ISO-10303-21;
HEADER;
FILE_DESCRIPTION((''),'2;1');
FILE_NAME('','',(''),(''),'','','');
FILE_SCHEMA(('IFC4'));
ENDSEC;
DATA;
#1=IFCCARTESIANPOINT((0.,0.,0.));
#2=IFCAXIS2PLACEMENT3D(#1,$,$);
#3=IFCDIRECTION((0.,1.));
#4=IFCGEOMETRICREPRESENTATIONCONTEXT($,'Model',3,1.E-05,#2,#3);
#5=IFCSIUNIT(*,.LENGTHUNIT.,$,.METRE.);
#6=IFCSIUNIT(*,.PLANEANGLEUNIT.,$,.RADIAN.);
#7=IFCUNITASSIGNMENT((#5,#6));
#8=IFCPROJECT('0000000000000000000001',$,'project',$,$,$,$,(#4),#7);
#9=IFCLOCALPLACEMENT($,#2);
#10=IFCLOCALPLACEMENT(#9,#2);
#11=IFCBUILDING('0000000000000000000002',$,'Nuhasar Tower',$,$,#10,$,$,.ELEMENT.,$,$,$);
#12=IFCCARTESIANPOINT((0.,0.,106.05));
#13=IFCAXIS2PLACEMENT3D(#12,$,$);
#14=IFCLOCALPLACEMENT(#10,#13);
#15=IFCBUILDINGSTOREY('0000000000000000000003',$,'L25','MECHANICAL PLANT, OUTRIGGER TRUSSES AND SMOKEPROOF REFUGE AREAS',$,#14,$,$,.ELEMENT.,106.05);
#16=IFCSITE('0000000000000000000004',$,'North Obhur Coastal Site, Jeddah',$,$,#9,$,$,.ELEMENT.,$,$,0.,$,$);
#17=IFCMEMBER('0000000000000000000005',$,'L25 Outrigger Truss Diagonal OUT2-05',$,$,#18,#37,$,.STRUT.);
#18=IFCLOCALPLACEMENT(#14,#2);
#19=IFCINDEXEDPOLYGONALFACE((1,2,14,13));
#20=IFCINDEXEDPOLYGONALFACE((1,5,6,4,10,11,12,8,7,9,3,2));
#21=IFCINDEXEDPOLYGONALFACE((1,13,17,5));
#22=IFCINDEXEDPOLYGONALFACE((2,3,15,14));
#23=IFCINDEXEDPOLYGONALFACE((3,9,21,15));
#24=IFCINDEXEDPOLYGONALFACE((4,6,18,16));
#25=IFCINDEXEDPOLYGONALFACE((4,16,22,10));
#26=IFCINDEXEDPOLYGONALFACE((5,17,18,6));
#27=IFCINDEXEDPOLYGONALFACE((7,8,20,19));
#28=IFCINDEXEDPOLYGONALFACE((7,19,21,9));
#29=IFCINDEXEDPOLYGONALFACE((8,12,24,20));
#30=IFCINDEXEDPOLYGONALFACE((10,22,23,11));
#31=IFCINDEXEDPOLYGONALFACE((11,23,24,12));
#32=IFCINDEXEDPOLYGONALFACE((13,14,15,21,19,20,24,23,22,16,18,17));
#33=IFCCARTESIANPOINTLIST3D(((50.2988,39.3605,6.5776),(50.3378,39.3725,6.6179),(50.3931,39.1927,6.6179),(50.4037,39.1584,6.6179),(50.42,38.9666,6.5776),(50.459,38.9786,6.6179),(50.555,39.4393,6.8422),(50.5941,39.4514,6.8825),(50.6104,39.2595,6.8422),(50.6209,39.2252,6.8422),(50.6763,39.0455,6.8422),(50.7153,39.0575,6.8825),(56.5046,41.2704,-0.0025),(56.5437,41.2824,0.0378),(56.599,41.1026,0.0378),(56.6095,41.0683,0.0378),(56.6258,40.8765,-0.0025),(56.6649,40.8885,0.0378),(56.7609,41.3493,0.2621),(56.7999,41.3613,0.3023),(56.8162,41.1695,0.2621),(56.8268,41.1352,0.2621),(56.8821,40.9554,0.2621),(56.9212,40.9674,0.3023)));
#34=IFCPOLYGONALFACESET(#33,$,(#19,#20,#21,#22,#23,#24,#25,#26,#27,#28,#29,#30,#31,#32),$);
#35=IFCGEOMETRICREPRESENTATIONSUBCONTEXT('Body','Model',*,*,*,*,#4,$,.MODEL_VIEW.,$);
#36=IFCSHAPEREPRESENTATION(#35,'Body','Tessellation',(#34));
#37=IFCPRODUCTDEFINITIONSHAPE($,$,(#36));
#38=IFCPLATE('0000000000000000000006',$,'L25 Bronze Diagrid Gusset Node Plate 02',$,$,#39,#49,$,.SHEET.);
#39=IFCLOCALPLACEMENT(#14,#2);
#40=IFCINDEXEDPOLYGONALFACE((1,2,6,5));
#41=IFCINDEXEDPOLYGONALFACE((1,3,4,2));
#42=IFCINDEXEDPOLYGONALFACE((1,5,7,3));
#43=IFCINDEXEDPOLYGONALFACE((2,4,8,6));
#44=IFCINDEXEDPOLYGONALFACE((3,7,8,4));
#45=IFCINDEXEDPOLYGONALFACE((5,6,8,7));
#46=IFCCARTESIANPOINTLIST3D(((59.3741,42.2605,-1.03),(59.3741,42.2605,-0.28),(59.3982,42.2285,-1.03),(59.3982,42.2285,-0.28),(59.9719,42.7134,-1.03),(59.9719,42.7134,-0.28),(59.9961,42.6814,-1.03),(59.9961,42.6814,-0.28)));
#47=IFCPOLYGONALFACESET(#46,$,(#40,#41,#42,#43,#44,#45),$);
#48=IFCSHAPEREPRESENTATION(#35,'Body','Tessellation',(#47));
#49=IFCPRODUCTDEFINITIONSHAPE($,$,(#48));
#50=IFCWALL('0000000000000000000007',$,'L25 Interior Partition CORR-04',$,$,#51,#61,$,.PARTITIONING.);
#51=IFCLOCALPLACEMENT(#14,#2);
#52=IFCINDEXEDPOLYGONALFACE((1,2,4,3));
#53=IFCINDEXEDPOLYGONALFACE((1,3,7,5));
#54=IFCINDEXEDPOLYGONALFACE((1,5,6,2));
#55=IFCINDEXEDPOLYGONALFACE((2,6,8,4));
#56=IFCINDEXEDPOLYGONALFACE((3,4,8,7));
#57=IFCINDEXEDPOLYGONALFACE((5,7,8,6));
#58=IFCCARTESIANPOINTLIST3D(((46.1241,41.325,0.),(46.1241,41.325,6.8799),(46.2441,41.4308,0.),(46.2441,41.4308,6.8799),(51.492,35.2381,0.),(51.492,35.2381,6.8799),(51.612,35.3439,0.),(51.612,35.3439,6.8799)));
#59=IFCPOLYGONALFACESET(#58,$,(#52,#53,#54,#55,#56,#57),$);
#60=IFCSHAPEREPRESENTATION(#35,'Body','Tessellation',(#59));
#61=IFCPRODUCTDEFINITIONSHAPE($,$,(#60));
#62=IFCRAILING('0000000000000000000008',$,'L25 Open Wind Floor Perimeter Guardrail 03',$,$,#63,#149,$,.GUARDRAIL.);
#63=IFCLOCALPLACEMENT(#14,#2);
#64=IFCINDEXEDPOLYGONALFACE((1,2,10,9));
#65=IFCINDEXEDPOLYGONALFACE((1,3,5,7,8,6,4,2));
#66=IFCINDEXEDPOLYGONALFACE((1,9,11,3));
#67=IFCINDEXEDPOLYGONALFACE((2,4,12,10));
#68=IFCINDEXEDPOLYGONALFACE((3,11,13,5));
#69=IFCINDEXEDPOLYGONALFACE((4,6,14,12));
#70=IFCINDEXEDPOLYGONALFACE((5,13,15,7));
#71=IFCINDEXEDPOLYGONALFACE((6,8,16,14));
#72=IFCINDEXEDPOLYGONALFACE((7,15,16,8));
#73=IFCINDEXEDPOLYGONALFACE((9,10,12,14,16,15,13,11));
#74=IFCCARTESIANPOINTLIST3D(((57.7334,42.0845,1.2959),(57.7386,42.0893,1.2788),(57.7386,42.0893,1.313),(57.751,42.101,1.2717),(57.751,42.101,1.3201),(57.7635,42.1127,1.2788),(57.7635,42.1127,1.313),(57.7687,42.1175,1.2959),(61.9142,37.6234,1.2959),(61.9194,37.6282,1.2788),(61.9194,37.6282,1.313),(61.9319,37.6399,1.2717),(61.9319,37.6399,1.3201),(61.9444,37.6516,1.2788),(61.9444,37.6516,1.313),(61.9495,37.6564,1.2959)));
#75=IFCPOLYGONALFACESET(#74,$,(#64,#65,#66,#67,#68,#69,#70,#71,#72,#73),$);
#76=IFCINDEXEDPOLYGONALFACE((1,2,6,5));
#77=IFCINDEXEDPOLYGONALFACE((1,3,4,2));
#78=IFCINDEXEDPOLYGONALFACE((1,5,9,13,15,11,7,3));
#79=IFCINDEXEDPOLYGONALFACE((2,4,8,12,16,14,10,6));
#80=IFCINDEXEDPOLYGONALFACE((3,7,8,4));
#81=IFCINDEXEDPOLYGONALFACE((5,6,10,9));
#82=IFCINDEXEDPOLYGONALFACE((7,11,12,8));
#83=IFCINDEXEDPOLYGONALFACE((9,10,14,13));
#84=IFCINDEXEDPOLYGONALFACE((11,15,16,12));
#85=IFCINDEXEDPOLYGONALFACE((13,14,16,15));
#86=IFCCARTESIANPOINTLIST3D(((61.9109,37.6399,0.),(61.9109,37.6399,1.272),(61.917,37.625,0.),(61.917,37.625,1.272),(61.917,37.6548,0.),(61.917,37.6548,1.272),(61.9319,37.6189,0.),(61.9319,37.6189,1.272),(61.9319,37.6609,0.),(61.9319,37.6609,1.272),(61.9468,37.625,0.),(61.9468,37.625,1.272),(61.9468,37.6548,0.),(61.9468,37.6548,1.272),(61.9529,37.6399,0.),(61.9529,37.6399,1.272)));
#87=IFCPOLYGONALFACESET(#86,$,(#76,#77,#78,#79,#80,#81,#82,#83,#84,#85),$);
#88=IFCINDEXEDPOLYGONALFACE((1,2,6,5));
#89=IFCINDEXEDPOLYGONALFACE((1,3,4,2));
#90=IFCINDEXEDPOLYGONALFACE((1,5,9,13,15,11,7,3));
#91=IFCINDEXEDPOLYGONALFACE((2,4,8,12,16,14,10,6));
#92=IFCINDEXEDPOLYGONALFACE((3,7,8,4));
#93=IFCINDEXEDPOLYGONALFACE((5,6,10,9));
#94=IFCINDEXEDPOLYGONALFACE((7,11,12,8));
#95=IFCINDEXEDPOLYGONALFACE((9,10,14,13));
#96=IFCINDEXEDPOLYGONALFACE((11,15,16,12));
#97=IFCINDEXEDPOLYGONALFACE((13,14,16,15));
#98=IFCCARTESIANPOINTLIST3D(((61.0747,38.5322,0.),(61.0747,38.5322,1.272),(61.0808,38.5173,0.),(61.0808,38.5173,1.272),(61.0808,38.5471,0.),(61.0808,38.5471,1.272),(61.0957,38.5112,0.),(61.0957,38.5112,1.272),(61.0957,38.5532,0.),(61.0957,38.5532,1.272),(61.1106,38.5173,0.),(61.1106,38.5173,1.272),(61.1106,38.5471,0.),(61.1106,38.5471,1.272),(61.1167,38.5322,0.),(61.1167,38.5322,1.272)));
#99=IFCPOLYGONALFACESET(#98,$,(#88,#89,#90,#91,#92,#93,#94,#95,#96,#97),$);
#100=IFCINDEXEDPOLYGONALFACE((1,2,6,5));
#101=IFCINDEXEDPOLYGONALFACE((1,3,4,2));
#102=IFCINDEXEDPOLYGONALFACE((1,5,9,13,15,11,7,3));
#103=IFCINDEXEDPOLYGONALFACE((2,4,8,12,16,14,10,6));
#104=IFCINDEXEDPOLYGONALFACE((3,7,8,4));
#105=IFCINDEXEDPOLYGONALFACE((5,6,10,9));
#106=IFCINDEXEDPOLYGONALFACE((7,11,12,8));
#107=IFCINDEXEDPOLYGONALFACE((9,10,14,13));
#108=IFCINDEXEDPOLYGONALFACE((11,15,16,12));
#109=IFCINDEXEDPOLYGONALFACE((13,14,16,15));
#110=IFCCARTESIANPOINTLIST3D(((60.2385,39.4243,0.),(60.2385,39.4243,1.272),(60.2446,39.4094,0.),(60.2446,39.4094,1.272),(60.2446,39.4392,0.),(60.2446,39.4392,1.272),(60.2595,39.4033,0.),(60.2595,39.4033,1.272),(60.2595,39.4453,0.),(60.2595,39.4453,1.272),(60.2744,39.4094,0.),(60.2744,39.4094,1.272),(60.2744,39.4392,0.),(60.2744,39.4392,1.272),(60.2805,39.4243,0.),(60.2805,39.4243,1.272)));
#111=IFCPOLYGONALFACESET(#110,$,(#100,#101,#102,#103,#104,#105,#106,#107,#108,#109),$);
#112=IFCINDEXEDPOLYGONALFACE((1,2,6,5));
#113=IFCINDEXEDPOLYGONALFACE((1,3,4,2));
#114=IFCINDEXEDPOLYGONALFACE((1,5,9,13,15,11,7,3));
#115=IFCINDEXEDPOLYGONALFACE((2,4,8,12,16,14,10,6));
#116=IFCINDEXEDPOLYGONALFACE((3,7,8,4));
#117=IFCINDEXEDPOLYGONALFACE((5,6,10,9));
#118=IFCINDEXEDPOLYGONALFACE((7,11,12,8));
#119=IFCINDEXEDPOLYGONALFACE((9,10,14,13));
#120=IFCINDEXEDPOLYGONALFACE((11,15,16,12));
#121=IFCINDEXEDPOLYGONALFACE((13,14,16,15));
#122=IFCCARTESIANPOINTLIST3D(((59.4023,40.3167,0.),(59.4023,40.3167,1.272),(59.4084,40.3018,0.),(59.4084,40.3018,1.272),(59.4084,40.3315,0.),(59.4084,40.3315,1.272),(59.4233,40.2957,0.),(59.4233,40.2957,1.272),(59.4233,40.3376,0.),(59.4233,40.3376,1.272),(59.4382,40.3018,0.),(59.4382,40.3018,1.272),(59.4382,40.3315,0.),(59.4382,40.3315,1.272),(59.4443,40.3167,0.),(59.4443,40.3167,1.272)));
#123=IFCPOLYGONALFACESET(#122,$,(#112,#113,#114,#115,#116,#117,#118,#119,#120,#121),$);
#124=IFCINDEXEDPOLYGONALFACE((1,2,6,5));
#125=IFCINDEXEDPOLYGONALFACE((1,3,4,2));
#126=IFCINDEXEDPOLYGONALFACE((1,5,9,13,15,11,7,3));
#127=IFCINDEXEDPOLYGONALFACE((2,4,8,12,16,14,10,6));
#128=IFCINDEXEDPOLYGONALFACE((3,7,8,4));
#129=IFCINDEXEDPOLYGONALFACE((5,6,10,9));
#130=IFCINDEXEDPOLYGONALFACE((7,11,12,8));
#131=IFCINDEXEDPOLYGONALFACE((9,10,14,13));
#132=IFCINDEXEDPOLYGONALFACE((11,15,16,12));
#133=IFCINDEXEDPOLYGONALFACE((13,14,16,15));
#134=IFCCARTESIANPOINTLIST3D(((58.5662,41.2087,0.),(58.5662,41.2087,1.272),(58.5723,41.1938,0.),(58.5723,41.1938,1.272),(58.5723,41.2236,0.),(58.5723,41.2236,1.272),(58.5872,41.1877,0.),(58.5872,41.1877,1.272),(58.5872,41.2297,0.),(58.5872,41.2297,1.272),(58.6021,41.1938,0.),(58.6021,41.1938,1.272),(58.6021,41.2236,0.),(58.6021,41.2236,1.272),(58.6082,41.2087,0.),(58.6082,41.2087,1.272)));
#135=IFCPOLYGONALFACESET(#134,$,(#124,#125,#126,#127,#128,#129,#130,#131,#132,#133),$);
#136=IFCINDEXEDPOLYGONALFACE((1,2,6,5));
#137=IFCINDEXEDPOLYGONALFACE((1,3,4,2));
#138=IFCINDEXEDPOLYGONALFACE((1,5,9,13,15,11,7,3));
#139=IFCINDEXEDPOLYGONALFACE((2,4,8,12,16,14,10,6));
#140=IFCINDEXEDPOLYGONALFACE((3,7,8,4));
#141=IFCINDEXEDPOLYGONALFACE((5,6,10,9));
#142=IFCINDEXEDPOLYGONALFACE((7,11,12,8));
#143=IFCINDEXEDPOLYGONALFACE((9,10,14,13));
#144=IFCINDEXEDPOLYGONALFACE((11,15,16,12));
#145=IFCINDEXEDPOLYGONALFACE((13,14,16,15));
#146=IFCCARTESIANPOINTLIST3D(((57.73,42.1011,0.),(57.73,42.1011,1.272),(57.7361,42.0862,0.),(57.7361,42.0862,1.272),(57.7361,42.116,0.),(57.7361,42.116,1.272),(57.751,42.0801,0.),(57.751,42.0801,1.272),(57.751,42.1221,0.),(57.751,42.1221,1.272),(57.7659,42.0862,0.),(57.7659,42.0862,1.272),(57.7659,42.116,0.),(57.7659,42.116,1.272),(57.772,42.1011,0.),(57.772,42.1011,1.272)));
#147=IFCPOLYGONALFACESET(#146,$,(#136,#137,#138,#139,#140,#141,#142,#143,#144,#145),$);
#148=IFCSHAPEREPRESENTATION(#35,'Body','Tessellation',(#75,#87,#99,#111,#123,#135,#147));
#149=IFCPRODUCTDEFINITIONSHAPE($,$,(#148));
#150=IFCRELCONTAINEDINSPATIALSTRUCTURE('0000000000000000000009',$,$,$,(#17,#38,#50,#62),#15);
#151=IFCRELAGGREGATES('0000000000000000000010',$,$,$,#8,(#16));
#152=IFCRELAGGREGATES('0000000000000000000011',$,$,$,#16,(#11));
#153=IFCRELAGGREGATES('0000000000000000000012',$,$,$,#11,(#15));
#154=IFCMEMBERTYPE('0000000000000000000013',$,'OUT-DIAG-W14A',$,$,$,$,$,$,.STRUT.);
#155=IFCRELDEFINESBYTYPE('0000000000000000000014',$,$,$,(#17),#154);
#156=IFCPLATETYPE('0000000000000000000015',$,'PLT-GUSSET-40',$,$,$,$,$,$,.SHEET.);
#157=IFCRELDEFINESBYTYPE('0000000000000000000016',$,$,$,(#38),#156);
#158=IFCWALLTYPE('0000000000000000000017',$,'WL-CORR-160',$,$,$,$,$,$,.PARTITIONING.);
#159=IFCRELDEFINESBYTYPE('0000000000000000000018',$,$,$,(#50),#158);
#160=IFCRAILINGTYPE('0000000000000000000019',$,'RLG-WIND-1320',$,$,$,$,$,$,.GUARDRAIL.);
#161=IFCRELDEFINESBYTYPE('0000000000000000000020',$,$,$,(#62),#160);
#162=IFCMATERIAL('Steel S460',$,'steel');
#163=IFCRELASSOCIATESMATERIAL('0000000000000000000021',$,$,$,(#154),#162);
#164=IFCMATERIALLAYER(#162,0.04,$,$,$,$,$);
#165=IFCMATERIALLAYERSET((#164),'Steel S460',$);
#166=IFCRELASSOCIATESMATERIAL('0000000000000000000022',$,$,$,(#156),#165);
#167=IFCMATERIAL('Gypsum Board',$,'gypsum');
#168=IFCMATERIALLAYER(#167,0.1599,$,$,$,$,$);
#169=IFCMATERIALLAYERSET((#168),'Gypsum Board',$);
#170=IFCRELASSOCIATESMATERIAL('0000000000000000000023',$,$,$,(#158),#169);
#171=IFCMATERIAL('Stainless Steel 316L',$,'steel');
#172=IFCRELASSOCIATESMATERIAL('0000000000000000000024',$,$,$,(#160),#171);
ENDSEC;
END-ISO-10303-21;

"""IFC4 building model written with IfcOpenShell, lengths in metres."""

from ifc_helpers import new_model, si_unit, direction, frame, frame_2d, origin, origin_2d, place, context, subcontext, project, spatial, polyline, rectangle, i_section, outline, extrude, material, layer, layer_set, material_profile, profile_set, type_object, element, save


model = new_model("IFC4")

# Units and contexts
model_context = context("Model", 3, precision=1e-05, world=origin(), true_north=direction((0.0, 1.0)))
body_context = subcontext(model_context, "Body", "Model", "MODEL_VIEW")
ifc_project = project(units=[si_unit("LENGTHUNIT", "METRE"), si_unit("PLANEANGLEUNIT", "RADIAN")], contexts=[model_context])

# Site, building, storey
site_placement = place(None, origin())
site = spatial("IfcSite", under=ifc_project, at=site_placement, Name="North Obhur Coastal Site, Jeddah", CompositionType="ELEMENT", RefElevation=0.0)
building_placement = place(site_placement, origin())
building = spatial("IfcBuilding", under=site, at=building_placement, Name="Nuhasar Tower", CompositionType="ELEMENT")
storey_placement = place(building_placement, frame((0.0, 0.0, 106.05)))
storey = spatial("IfcBuildingStorey", under=building, at=storey_placement, Name="L25", Description="MECHANICAL PLANT, OUTRIGGER TRUSSES AND SMOKEPROOF REFUGE AREAS", CompositionType="ELEMENT", Elevation=106.05)

# Shared definitions
ifc_material_1 = material(Name="Steel S460", Category="steel")

# Member
ifc_material_profile_1 = material_profile(ifc_material_1, i_section(OverallWidth=0.4121, OverallDepth=0.4341, WebThickness=0.0359, FlangeThickness=0.0574, at=origin_2d()), Name="W14X311")
ifc_profile_set_1 = profile_set([ifc_material_profile_1], Name="Steel S460")
member_type_1 = type_object("IfcMemberType", Name="OUT-DIAG-W14A", PredefinedType="STRUT", material=ifc_profile_set_1)
for number, where, z_axis, x_axis, name in (
    (1, (56.7129, 41.1189, 0.1499), (-0.671311, -0.206604, 0.711798), (0.294147, -0.95576, 0.0), "L25 Outrigger Truss Diagonal OUT2-05"),
):
    element("IfcMember", number, at=place(storey_placement, frame(where, z_axis=z_axis, x_axis=x_axis)), inside=storey, type_object=member_type_1, Name=name, PredefinedType="STRUT", context=body_context, shape_type="SweptSolid", body=[
        extrude(i_section(OverallWidth=0.4121, OverallDepth=0.4341, WebThickness=0.0359, FlangeThickness=0.0574, at=origin_2d()), origin(), (0.0, 0.0, 1.0), 9.2444),
    ])

# Plate
ifc_layer_1 = layer(ifc_material_1, 0.04)
ifc_layer_set_1 = layer_set([ifc_layer_1], Name="Steel S460")
plate_type = type_object("IfcPlateType", Name="PLT-GUSSET-40", PredefinedType="SHEET", material=ifc_layer_set_1)
plate_placement = place(storey_placement, frame((59.6851, 42.4709, -1.03), z_axis=(0.0, 0.0, 1.0), x_axis=(0.797078, 0.603876, 0.0)))
element("IfcPlate", 2, at=plate_placement, inside=storey, type_object=plate_type, Name="L25 Bronze Diagrid Gusset Node Plate 02", PredefinedType="SHEET", context=body_context, shape_type="SweptSolid", body=[
    extrude(rectangle(XDim=0.75, YDim=0.04, at=origin_2d()), origin(), (0.0, 0.0, 1.0), 0.75),
])

# Wall
ifc_material_2 = material(Name="Gypsum Board", Category="gypsum")
ifc_layer_2 = layer(ifc_material_2, 0.1599)
ifc_layer_set_2 = layer_set([ifc_layer_2], Name="Gypsum Board")
wall_type = type_object("IfcWallType", Name="WL-CORR-160", PredefinedType="PARTITIONING", material=ifc_layer_set_2)
wall_placement = place(storey_placement, frame((51.552, 35.291, 0.0), z_axis=(0.0, 0.0, 1.0), x_axis=(-0.661422, 0.750014, 0.0)))
element("IfcWall", 3, at=wall_placement, inside=storey, type_object=wall_type, Name="L25 Interior Partition CORR-04", PredefinedType="PARTITIONING", context=body_context, shape_type="SweptSolid", body=[
    extrude(rectangle(XDim=8.1157, YDim=0.1599, at=frame_2d((4.0579, 0.0))), origin(), (0.0, 0.0, 1.0), 6.8799),
])

# Railing
ifc_material_3 = material(Name="Stainless Steel 316L", Category="steel")
railing_type = type_object("IfcRailingType", Name="RLG-WIND-1320", PredefinedType="GUARDRAIL", material=ifc_material_3)
railing_1_placement = place(storey_placement, frame((61.9319, 37.6399, 0.0)))
element("IfcRailing", 4, at=railing_1_placement, inside=storey, type_object=railing_type, Name="L25 Open Wind Floor Perimeter Guardrail 03", PredefinedType="GUARDRAIL", context=body_context, shape_type="SweptSolid", body=[
    extrude(outline(polyline([(0.0242, 0.0), (0.0171, 0.0171), (0.0, 0.0242), (-0.0171, 0.0171), (-0.0242, 0.0), (-0.0171, -0.0171), (0.0, -0.0242), (0.0171, -0.0171), (0.0242, 0.0)])), frame((0.0, 0.0, 1.2959), z_axis=(-0.683815, 0.729655, 0.0), x_axis=(-0.729655, -0.683815, 0.0)), (0.0, 0.0, 1.0), 6.114),
    extrude(outline(polyline([(0.021, 0.0), (0.0149, 0.0149), (0.0, 0.021), (-0.0149, 0.0149), (-0.021, 0.0), (-0.0149, -0.0149), (0.0, -0.021), (0.0149, -0.0149), (0.021, 0.0)])), origin(), (0.0, 0.0, 1.0), 1.272),
    extrude(outline(polyline([(0.021, 0.0), (0.0149, 0.0149), (0.0, 0.021), (-0.0149, 0.0149), (-0.021, 0.0), (-0.0149, -0.0149), (0.0, -0.021), (0.0149, -0.0149), (0.021, 0.0)])), frame((-0.8362, 0.8923, 0.0)), (0.0, 0.0, 1.0), 1.272),
    extrude(outline(polyline([(0.021, 0.0), (0.0149, 0.0149), (0.0, 0.021), (-0.0149, 0.0149), (-0.021, 0.0), (-0.0149, -0.0149), (0.0, -0.021), (0.0149, -0.0149), (0.021, 0.0)])), frame((-1.6724, 1.7844, 0.0)), (0.0, 0.0, 1.0), 1.272),
    extrude(outline(polyline([(0.021, 0.0), (0.0149, 0.0149), (0.0, 0.021), (-0.0149, 0.0149), (-0.021, 0.0), (-0.0149, -0.0149), (0.0, -0.021), (0.0149, -0.0149), (0.021, 0.0)])), frame((-2.5085, 2.6768, 0.0)), (0.0, 0.0, 1.0), 1.272),
    extrude(outline(polyline([(0.021, 0.0), (0.0149, 0.0149), (0.0, 0.021), (-0.0149, 0.0149), (-0.021, 0.0), (-0.0149, -0.0149), (0.0, -0.021), (0.0149, -0.0149), (0.021, 0.0)])), frame((-3.3447, 3.5688, 0.0)), (0.0, 0.0, 1.0), 1.272),
    extrude(outline(polyline([(0.021, 0.0), (0.0149, 0.0149), (0.0, 0.021), (-0.0149, 0.0149), (-0.021, 0.0), (-0.0149, -0.0149), (0.0, -0.021), (0.0149, -0.0149), (0.021, 0.0)])), frame((-4.1809, 4.4612, 0.0)), (0.0, 0.0, 1.0), 1.272),
])

save(model, "model.ifc")
